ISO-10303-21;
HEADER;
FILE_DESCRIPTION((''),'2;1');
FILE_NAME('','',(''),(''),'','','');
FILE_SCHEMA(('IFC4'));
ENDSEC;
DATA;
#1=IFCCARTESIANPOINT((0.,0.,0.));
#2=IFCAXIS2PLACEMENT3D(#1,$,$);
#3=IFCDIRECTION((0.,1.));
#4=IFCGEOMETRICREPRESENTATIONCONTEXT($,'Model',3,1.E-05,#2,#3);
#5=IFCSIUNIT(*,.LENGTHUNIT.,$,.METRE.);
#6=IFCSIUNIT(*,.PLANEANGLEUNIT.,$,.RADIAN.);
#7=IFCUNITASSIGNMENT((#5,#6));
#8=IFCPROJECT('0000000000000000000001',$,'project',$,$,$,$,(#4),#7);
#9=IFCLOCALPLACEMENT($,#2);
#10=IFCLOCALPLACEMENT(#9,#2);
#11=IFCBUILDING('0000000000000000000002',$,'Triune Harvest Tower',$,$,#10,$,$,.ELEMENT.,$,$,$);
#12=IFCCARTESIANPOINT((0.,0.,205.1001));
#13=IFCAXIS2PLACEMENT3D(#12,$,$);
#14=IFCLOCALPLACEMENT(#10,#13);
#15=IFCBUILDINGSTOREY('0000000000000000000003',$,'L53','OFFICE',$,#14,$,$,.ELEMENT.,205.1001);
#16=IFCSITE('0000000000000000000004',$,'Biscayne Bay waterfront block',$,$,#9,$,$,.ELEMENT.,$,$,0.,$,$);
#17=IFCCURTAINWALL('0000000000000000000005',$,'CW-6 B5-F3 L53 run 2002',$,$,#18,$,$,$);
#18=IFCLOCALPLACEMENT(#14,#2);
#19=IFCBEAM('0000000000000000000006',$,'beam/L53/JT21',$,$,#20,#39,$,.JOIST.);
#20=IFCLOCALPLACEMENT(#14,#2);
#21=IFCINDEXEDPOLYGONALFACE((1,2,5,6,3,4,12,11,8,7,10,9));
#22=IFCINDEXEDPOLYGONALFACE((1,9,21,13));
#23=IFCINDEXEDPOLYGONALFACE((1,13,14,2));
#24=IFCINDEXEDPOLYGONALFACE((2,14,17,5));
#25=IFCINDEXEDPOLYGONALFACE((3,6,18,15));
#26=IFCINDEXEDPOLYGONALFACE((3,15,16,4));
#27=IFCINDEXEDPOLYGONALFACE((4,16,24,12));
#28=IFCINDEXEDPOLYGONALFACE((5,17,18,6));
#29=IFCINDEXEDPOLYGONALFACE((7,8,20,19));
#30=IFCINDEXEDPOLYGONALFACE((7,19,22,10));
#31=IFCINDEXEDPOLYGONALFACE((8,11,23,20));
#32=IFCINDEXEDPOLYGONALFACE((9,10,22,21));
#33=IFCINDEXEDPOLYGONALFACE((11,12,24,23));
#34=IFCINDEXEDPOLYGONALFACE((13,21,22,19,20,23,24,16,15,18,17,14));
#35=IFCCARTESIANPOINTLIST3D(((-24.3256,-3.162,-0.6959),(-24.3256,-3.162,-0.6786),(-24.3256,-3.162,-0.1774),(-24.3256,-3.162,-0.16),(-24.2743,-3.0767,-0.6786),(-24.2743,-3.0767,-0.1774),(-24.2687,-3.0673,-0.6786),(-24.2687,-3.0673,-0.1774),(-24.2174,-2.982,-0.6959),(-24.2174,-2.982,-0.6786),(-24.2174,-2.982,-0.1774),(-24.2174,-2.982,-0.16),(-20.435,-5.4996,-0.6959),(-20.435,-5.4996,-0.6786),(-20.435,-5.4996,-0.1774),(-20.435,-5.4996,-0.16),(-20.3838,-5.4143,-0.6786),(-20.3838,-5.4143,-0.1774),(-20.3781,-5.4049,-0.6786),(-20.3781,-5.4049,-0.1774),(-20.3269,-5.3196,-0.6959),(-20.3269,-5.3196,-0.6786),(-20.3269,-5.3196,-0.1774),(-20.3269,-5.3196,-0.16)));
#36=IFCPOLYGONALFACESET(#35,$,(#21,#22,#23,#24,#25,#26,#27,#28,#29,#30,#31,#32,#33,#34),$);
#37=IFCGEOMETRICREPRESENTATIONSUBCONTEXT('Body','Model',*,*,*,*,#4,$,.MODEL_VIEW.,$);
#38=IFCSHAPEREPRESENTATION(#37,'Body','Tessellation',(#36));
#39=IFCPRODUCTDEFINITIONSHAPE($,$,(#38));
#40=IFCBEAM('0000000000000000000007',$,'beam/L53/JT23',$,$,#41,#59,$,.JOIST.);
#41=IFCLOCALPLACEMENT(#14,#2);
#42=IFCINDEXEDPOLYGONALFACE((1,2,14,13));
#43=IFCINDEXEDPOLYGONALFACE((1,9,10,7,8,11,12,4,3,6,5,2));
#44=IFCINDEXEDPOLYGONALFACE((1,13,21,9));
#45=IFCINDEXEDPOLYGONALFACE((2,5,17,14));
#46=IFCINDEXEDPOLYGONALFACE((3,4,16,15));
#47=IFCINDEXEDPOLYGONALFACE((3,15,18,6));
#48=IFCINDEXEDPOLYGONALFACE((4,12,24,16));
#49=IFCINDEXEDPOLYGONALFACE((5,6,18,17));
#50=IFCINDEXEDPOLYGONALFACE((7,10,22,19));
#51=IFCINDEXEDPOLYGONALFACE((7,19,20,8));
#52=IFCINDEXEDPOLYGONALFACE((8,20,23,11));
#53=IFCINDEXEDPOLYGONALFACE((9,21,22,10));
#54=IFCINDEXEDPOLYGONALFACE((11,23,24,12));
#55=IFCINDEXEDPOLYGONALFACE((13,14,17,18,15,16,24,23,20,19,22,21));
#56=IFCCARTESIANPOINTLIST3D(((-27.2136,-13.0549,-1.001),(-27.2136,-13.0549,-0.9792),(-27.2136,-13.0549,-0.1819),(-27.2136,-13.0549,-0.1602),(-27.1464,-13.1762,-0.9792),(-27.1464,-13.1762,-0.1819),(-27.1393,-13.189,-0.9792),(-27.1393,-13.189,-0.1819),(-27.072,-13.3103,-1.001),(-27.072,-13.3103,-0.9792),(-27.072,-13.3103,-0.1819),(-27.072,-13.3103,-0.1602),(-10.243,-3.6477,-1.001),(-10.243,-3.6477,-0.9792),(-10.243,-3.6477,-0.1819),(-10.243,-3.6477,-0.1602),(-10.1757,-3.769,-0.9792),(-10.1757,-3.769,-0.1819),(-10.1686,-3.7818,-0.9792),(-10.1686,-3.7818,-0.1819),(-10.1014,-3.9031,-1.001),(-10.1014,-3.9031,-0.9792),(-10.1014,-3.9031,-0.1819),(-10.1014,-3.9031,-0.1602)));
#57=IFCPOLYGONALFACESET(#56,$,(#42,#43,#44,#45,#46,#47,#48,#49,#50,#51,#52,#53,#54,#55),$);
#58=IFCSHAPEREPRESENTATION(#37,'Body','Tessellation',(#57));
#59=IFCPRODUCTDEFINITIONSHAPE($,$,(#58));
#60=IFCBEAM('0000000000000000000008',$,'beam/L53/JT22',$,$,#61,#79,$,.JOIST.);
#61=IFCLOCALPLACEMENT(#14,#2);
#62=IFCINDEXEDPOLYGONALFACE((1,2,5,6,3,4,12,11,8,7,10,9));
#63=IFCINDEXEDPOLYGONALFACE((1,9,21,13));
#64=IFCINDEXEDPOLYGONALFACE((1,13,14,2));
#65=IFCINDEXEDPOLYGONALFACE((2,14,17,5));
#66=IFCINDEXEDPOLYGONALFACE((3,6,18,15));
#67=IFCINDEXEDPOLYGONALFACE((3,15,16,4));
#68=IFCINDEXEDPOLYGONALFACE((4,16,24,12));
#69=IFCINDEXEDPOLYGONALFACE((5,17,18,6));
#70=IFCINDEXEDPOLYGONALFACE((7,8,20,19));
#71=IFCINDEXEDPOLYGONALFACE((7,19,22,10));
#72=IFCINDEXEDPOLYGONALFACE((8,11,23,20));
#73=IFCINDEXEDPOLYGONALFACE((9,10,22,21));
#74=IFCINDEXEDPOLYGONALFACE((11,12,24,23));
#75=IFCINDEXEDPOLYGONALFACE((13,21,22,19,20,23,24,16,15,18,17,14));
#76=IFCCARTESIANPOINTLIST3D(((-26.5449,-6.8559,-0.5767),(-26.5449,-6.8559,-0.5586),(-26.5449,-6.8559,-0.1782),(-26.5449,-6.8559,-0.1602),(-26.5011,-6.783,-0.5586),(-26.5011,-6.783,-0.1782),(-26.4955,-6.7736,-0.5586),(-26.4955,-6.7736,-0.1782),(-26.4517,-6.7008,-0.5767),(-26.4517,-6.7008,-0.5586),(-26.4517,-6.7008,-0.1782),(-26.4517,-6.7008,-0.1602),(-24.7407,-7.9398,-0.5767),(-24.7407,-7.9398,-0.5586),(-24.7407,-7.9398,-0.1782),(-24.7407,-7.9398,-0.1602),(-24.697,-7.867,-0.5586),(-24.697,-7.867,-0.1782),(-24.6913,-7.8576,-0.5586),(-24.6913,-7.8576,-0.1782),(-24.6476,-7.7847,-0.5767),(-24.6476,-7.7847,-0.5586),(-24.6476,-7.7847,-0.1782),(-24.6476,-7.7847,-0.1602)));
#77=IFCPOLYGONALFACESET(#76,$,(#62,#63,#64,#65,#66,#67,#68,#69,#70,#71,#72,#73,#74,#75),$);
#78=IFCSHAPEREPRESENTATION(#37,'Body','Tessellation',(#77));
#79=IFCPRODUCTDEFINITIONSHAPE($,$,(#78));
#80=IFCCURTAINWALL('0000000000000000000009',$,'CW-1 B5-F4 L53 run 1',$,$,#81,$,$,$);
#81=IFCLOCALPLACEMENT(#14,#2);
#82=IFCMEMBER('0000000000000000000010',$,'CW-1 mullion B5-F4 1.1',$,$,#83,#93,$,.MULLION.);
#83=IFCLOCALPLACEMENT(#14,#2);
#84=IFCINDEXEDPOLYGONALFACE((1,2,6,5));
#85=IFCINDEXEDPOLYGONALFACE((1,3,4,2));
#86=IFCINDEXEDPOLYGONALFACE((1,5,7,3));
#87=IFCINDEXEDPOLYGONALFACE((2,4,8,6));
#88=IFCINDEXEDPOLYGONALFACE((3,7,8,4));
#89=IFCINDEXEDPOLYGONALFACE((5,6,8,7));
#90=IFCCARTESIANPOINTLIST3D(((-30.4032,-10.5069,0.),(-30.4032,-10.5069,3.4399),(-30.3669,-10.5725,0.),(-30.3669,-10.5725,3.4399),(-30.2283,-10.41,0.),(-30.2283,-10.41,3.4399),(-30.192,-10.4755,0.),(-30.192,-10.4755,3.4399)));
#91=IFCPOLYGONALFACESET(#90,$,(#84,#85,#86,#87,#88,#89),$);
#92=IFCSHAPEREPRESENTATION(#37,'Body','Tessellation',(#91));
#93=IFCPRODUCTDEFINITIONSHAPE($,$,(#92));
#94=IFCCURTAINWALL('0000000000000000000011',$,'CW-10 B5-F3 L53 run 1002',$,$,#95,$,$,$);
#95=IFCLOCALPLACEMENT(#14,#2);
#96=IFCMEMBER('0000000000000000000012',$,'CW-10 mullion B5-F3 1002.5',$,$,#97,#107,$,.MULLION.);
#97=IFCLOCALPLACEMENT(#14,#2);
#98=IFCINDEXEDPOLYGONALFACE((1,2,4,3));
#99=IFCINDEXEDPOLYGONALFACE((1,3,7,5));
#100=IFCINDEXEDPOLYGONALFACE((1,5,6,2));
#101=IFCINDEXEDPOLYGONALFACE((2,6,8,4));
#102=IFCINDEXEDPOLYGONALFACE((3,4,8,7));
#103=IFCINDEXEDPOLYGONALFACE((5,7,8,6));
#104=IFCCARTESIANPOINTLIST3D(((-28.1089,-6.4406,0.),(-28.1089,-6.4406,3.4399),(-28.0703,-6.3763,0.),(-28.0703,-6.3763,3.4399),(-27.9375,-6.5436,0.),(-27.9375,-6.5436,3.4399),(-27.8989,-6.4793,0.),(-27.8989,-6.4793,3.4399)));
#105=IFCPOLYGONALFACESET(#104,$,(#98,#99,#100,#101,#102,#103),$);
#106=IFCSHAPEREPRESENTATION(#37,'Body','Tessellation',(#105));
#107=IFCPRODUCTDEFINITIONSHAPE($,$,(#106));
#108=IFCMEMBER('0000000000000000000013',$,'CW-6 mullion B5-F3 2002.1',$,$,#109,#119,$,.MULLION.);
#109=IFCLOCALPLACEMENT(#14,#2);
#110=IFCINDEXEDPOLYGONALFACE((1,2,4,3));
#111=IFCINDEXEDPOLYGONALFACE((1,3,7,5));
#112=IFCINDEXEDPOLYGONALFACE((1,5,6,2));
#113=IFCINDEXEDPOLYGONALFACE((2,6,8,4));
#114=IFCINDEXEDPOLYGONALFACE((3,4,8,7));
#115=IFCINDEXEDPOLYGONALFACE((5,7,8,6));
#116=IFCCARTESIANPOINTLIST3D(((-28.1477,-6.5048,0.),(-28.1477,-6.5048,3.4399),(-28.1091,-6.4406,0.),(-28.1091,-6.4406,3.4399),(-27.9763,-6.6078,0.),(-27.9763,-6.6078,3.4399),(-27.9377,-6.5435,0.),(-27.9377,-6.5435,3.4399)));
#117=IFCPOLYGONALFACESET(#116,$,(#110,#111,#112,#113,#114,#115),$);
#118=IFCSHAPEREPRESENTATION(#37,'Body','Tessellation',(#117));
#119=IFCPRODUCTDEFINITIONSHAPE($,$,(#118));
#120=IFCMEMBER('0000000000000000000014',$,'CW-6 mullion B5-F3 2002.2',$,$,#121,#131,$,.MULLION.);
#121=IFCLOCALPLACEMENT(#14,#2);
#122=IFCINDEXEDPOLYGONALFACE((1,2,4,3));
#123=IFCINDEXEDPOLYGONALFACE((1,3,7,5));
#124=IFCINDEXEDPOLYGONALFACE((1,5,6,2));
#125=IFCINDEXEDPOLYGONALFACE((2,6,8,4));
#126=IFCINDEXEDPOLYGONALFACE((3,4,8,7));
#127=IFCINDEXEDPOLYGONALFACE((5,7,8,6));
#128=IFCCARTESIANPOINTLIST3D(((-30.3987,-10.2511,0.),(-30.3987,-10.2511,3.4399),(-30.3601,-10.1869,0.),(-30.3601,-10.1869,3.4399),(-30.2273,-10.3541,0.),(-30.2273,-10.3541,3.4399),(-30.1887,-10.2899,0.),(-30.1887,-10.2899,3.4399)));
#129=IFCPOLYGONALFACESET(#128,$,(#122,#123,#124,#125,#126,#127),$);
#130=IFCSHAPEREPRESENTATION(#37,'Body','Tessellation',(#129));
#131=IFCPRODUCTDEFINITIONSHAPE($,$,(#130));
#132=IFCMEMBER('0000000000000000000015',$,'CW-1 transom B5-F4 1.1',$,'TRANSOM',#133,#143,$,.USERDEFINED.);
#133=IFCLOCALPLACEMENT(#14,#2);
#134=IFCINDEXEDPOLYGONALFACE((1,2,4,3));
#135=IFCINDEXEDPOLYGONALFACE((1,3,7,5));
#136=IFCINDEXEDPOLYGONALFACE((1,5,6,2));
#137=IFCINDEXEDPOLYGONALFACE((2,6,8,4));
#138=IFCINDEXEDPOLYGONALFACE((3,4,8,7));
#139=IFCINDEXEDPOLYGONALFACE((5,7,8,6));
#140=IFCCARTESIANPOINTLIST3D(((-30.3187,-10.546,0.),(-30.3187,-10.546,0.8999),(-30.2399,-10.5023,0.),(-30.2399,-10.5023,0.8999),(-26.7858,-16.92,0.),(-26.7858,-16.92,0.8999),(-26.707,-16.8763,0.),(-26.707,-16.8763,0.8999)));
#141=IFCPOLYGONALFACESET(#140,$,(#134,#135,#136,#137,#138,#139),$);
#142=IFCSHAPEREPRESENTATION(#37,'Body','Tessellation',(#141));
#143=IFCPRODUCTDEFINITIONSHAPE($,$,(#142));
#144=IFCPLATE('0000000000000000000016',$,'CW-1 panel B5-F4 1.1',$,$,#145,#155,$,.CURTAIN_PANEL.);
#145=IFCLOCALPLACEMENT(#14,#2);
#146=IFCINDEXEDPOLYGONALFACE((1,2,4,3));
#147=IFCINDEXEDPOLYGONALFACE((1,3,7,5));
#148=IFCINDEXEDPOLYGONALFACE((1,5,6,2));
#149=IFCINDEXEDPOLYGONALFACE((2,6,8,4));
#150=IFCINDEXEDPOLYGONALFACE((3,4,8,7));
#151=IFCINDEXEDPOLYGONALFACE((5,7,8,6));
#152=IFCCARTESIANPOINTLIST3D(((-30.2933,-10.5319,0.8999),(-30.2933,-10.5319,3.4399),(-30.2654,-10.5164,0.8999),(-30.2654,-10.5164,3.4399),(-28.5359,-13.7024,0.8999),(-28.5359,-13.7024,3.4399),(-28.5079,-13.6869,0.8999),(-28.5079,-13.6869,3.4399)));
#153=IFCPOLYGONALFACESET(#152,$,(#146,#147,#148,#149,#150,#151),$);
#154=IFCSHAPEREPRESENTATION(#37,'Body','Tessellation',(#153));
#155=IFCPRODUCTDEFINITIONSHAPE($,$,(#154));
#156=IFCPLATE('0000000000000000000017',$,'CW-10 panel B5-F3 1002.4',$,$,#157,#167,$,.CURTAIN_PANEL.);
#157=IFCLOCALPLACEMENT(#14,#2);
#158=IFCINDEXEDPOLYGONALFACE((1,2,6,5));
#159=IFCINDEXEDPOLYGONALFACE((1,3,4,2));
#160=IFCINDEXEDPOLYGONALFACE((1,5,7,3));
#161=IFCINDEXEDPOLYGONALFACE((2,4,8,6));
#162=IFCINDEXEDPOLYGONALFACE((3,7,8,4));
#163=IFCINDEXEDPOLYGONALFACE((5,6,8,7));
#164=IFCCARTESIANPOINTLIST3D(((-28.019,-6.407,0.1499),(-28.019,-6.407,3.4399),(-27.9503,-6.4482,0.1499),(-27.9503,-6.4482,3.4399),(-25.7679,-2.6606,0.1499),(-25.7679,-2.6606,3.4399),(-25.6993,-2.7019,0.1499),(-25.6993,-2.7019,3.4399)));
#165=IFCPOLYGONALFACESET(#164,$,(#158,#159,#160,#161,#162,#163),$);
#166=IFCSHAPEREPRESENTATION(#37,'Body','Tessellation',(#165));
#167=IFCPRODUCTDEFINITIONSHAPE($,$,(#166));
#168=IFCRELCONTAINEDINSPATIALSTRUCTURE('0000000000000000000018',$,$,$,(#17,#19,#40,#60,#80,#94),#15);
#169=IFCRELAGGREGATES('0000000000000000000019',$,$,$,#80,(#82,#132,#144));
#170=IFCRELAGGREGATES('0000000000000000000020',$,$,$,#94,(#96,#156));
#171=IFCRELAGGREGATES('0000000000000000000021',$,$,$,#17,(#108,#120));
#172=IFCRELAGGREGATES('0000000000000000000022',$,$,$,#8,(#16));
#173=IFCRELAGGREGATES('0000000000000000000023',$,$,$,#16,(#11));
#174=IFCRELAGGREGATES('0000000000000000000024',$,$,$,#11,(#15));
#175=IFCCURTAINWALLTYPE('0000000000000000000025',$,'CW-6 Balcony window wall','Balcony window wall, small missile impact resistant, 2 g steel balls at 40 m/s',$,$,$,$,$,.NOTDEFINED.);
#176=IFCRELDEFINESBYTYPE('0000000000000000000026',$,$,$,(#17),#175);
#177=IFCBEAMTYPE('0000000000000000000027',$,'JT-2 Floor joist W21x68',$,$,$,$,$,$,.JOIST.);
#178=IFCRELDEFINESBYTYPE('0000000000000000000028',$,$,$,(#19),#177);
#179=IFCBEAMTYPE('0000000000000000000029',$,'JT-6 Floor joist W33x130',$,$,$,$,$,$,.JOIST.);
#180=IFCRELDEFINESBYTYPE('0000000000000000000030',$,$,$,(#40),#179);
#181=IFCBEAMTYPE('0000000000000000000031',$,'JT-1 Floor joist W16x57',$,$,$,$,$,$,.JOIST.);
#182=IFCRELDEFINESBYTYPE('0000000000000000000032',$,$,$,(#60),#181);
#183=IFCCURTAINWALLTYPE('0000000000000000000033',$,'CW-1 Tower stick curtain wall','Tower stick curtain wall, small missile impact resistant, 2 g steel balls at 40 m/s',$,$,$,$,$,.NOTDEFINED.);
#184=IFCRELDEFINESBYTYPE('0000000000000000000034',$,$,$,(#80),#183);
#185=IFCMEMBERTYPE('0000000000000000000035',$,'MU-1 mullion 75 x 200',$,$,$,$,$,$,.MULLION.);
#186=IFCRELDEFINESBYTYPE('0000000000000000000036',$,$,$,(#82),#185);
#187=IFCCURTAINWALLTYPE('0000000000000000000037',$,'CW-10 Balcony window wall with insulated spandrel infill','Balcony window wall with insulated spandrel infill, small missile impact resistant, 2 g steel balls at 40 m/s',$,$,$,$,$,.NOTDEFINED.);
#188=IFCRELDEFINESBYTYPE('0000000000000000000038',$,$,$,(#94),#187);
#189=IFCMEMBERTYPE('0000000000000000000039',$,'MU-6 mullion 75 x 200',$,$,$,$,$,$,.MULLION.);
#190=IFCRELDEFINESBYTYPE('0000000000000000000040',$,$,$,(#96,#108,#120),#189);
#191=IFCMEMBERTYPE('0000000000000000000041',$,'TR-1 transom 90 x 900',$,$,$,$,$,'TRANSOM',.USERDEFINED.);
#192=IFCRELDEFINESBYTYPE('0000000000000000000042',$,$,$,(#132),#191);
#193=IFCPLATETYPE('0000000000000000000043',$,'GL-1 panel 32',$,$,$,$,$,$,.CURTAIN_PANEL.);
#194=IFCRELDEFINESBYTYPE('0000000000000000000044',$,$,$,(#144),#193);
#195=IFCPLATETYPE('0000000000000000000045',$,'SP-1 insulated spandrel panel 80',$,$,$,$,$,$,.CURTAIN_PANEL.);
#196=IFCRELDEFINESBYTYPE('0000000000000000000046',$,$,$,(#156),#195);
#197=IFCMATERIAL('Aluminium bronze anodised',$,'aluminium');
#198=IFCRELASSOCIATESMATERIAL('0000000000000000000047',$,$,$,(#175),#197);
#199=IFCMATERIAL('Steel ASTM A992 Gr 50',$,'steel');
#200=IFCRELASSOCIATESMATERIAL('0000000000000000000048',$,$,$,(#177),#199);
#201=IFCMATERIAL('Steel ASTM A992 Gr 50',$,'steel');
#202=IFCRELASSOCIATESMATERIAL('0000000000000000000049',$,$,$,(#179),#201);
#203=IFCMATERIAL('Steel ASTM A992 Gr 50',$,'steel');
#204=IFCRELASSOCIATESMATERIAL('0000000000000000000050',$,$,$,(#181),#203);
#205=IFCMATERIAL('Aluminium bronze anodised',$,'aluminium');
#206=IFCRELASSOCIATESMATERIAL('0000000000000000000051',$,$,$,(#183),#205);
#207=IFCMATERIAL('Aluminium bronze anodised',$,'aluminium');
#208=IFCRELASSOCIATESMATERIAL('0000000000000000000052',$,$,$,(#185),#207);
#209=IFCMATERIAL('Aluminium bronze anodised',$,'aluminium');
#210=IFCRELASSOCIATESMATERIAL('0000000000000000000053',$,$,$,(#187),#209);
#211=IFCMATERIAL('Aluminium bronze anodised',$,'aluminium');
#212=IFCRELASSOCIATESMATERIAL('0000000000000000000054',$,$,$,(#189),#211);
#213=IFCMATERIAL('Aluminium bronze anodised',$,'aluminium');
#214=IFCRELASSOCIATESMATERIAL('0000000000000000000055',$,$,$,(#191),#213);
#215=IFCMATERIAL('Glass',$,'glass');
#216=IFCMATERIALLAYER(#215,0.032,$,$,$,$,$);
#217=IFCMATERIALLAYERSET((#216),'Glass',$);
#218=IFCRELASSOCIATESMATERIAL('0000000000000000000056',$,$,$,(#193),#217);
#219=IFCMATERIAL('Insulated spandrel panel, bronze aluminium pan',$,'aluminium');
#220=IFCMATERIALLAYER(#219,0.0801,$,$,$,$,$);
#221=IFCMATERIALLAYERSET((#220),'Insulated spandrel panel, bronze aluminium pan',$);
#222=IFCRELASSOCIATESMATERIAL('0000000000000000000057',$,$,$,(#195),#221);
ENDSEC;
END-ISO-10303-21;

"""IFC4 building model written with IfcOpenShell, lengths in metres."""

from ifc_helpers import new_model, si_unit, direction, frame, origin, origin_2d, place, context, subcontext, project, spatial, rectangle, i_section, extrude, source, transform, mapped, material, layer, layer_set, material_profile, profile_set, type_object, element, aggregate, save


model = new_model("IFC4")

# Units and contexts
model_context = context("Model", 3, precision=1e-05, world=origin(), true_north=direction((0.0, 1.0)))
body_context = subcontext(model_context, "Body", "Model", "MODEL_VIEW")
ifc_project = project(units=[si_unit("LENGTHUNIT", "METRE"), si_unit("PLANEANGLEUNIT", "RADIAN")], contexts=[model_context])

# Site, building, storey
site_placement = place(None, origin())
site = spatial("IfcSite", under=ifc_project, at=site_placement, Name="Biscayne Bay waterfront block", CompositionType="ELEMENT", RefElevation=0.0)
building_placement = place(site_placement, origin())
building = spatial("IfcBuilding", under=site, at=building_placement, Name="Triune Harvest Tower", CompositionType="ELEMENT")
storey_placement = place(building_placement, frame((0.0, 0.0, 205.1001)))
storey = spatial("IfcBuildingStorey", under=building, at=storey_placement, Name="L53", Description="OFFICE", CompositionType="ELEMENT", Elevation=205.1001)

# Curtain wall
ifc_material_1 = material(Name="Aluminium bronze anodised", Category="aluminium")
curtain_wall_type_1 = type_object("IfcCurtainWallType", Name="CW-6 Balcony window wall", Description="Balcony window wall, small missile impact resistant, 2 g steel balls at 40 m/s", PredefinedType="NOTDEFINED", material=ifc_material_1)
curtain_wall_1_placement = place(storey_placement, origin())
curtain_wall_1 = element("IfcCurtainWall", 1, at=curtain_wall_1_placement, inside=storey, type_object=curtain_wall_type_1, Name="CW-6 B5-F3 L53 run 2002")

# Beams
ifc_material_2 = material(Name="Steel ASTM A992 Gr 50", Category="steel")
ifc_material_profile_1 = material_profile(ifc_material_2, i_section(OverallWidth=0.21, OverallDepth=0.5359, WebThickness=0.011, FlangeThickness=0.0173, at=origin_2d()), Name="W21x68")
ifc_profile_set_1 = profile_set([ifc_material_profile_1], Name="Steel ASTM A992 Gr 50")
beam_type_1 = type_object("IfcBeamType", Name="JT-2 Floor joist W21x68", PredefinedType="JOIST", material=ifc_profile_set_1)
shared_shape_1 = source(origin(), body_context, "Body", "SweptSolid", [
    extrude(i_section(OverallWidth=0.21, OverallDepth=0.5359, WebThickness=0.011, FlangeThickness=0.0173, at=origin_2d()), origin(), (0.0, 0.0, 1.0), 4.5388),
])
beam_1_placement = place(storey_placement, frame((-24.2715, -3.072, -0.428), z_axis=(0.857175, -0.515026, 0.0), x_axis=(0.515026, 0.857175, 0.0)))
element("IfcBeam", 2, at=beam_1_placement, inside=storey, type_object=beam_type_1, Name="beam/L53/JT21", PredefinedType="JOIST", context=body_context, shape_type="MappedRepresentation", body=[
    mapped(shared_shape_1, transform((0.0, 0.0, 0.0), scale=1.0)),
])
ifc_material_3 = material(Name="Steel ASTM A992 Gr 50", Category="steel")
ifc_material_profile_2 = material_profile(ifc_material_3, i_section(OverallWidth=0.292, OverallDepth=0.8408, WebThickness=0.0146, FlangeThickness=0.0217, at=origin_2d()), Name="W33x130")
ifc_profile_set_2 = profile_set([ifc_material_profile_2], Name="Steel ASTM A992 Gr 50")
beam_type_2 = type_object("IfcBeamType", Name="JT-6 Floor joist W33x130", PredefinedType="JOIST", material=ifc_profile_set_2)
shared_shape_2 = source(origin(), body_context, "Body", "SweptSolid", [
    extrude(i_section(OverallWidth=0.292, OverallDepth=0.8408, WebThickness=0.0146, FlangeThickness=0.0217, at=origin_2d()), origin(), (0.0, 0.0, 1.0), 19.4036),
])
beam_2_placement = place(storey_placement, frame((-27.1428, -13.1826, -0.5806), z_axis=(0.874615, 0.484818, 0.0), x_axis=(-0.484818, 0.874615, 0.0)))
element("IfcBeam", 3, at=beam_2_placement, inside=storey, type_object=beam_type_2, Name="beam/L53/JT23", PredefinedType="JOIST", context=body_context, shape_type="MappedRepresentation", body=[
    mapped(shared_shape_2, transform((0.0, 0.0, 0.0), scale=1.0)),
])
ifc_material_4 = material(Name="Steel ASTM A992 Gr 50", Category="steel")
ifc_material_profile_3 = material_profile(ifc_material_4, i_section(OverallWidth=0.1809, OverallDepth=0.4165, WebThickness=0.011, FlangeThickness=0.0181, at=origin_2d()), Name="W16x57")
ifc_profile_set_3 = profile_set([ifc_material_profile_3], Name="Steel ASTM A992 Gr 50")
beam_type_3 = type_object("IfcBeamType", Name="JT-1 Floor joist W16x57", PredefinedType="JOIST", material=ifc_profile_set_3)
shared_shape_3 = source(origin(), body_context, "Body", "SweptSolid", [
    extrude(i_section(OverallWidth=0.1809, OverallDepth=0.4165, WebThickness=0.011, FlangeThickness=0.0181, at=origin_2d()), origin(), (0.0, 0.0, 1.0), 2.1047),
])
beam_3_placement = place(storey_placement, frame((-26.4983, -6.7783, -0.3684), z_axis=(0.857186, -0.515007, 0.0), x_axis=(0.515007, 0.857186, 0.0)))
element("IfcBeam", 4, at=beam_3_placement, inside=storey, type_object=beam_type_3, Name="beam/L53/JT22", PredefinedType="JOIST", context=body_context, shape_type="MappedRepresentation", body=[
    mapped(shared_shape_3, transform((0.0, 0.0, 0.0), scale=1.0)),
])

# Curtain walls, members
ifc_material_5 = material(Name="Aluminium bronze anodised", Category="aluminium")
curtain_wall_type_2 = type_object("IfcCurtainWallType", Name="CW-1 Tower stick curtain wall", Description="Tower stick curtain wall, small missile impact resistant, 2 g steel balls at 40 m/s", PredefinedType="NOTDEFINED", material=ifc_material_5)
curtain_wall_2_placement = place(storey_placement, origin())
curtain_wall_2 = element("IfcCurtainWall", 5, at=curtain_wall_2_placement, inside=storey, type_object=curtain_wall_type_2, Name="CW-1 B5-F4 L53 run 1")
ifc_material_6 = material(Name="Aluminium bronze anodised", Category="aluminium")
ifc_material_profile_4 = material_profile(ifc_material_6, rectangle(XDim=0.2, YDim=0.075, at=origin_2d()), Name="MU-1 mullion 75 x 200")
ifc_profile_set_4 = profile_set([ifc_material_profile_4], Name="Aluminium bronze anodised")
member_type_1 = type_object("IfcMemberType", Name="MU-1 mullion 75 x 200", PredefinedType="MULLION", material=ifc_profile_set_4)
shared_shape_4 = source(origin(), body_context, "Body", "SweptSolid", [
    extrude(rectangle(XDim=0.2, YDim=0.075, at=origin_2d()), origin(), (0.0, 0.0, 1.0), 3.4399),
])
member_1_placement = place(storey_placement, frame((-30.2976, -10.4912, 0.0), z_axis=(0.0, 0.0, 1.0), x_axis=(0.874624, 0.484802, 0.0)))
member_1 = element("IfcMember", 6, at=member_1_placement, type_object=member_type_1, Name="CW-1 mullion B5-F4 1.1", PredefinedType="MULLION", context=body_context, shape_type="MappedRepresentation", body=[
    mapped(shared_shape_4, transform((0.0, 0.0, 0.0), scale=1.0)),
])
ifc_material_7 = material(Name="Aluminium bronze anodised", Category="aluminium")
curtain_wall_type_3 = type_object("IfcCurtainWallType", Name="CW-10 Balcony window wall with insulated spandrel infill", Description="Balcony window wall with insulated spandrel infill, small missile impact resistant, 2 g steel balls at 40 m/s", PredefinedType="NOTDEFINED", material=ifc_material_7)
curtain_wall_3_placement = place(storey_placement, origin())
curtain_wall_3 = element("IfcCurtainWall", 7, at=curtain_wall_3_placement, inside=storey, type_object=curtain_wall_type_3, Name="CW-10 B5-F3 L53 run 1002")
ifc_material_8 = material(Name="Aluminium bronze anodised", Category="aluminium")
ifc_material_profile_5 = material_profile(ifc_material_8, rectangle(XDim=0.2, YDim=0.075, at=origin_2d()), Name="MU-6 mullion 75 x 200")
ifc_profile_set_5 = profile_set([ifc_material_profile_5], Name="Aluminium bronze anodised")
member_type_2 = type_object("IfcMemberType", Name="MU-6 mullion 75 x 200", PredefinedType="MULLION", material=ifc_profile_set_5)
shared_shape_5 = source(origin(), body_context, "Body", "SweptSolid", [
    extrude(rectangle(XDim=0.2, YDim=0.075, at=origin_2d()), origin(), (0.0, 0.0, 1.0), 3.4399),
])
member_2_placement = place(storey_placement, frame((-28.0039, -6.46, 0.0), z_axis=(0.0, 0.0, 1.0), x_axis=(0.857169, -0.515035, 0.0)))
member_2 = element("IfcMember", 8, at=member_2_placement, type_object=member_type_2, Name="CW-10 mullion B5-F3 1002.5", PredefinedType="MULLION", context=body_context, shape_type="MappedRepresentation", body=[
    mapped(shared_shape_5, transform((0.0, 0.0, 0.0), scale=1.0)),
])

# Members
member_3_placement = place(storey_placement, frame((-28.0427, -6.5242, 0.0), z_axis=(0.0, 0.0, 1.0), x_axis=(0.85717, -0.515034, 0.0)))
member_3 = element("IfcMember", 9, at=member_3_placement, type_object=member_type_2, Name="CW-6 mullion B5-F3 2002.1", PredefinedType="MULLION", context=body_context, shape_type="MappedRepresentation", body=[
    mapped(shared_shape_5, transform((0.0, 0.0, 0.0), scale=1.0)),
])
member_4_placement = place(storey_placement, frame((-30.2937, -10.2705, 0.0), z_axis=(0.0, 0.0, 1.0), x_axis=(0.85717, -0.515034, 0.0)))
member_4 = element("IfcMember", 10, at=member_4_placement, type_object=member_type_2, Name="CW-6 mullion B5-F3 2002.2", PredefinedType="MULLION", context=body_context, shape_type="MappedRepresentation", body=[
    mapped(shared_shape_5, transform((0.0, 0.0, 0.0), scale=1.0)),
])
ifc_material_9 = material(Name="Aluminium bronze anodised", Category="aluminium")
ifc_material_profile_6 = material_profile(ifc_material_9, rectangle(XDim=0.0901, YDim=0.8999, at=origin_2d()), Name="TR-1 transom 90 x 900")
ifc_profile_set_6 = profile_set([ifc_material_profile_6], Name="Aluminium bronze anodised")
member_type_3 = type_object("IfcMemberType", Name="TR-1 transom 90 x 900", ElementType="TRANSOM", PredefinedType="USERDEFINED", material=ifc_profile_set_6)
shared_shape_6 = source(origin(), body_context, "Body", "SweptSolid", [
    extrude(rectangle(XDim=0.0901, YDim=0.8999, at=origin_2d()), origin(), (0.0, 0.0, 1.0), 7.2876),
])
member_5_placement = place(storey_placement, frame((-30.2793, -10.5242, 0.45), z_axis=(0.484787, -0.874633, 0.0), x_axis=(0.874633, 0.484787, 0.0)))
member_5 = element("IfcMember", 11, at=member_5_placement, type_object=member_type_3, Name="CW-1 transom B5-F4 1.1", ObjectType="TRANSOM", PredefinedType="USERDEFINED", context=body_context, shape_type="MappedRepresentation", body=[
    mapped(shared_shape_6, transform((0.0, 0.0, 0.0), scale=1.0)),
])

# Plates
ifc_material_10 = material(Name="Glass", Category="glass")
ifc_layer_1 = layer(ifc_material_10, 0.032)
ifc_layer_set_1 = layer_set([ifc_layer_1], Name="Glass")
plate_type_1 = type_object("IfcPlateType", Name="GL-1 panel 32", PredefinedType="CURTAIN_PANEL", material=ifc_layer_set_1)
shared_shape_7 = source(origin(), body_context, "Body", "SweptSolid", [
    extrude(rectangle(XDim=3.625, YDim=0.032, at=origin_2d()), origin(), (0.0, 0.0, 1.0), 2.54),
])
plate_1_placement = place(storey_placement, frame((-29.4006, -12.1094, 0.8999), z_axis=(0.0, 0.0, 1.0), x_axis=(0.484802, -0.874624, 0.0)))
plate_1 = element("IfcPlate", 12, at=plate_1_placement, type_object=plate_type_1, Name="CW-1 panel B5-F4 1.1", PredefinedType="CURTAIN_PANEL", context=body_context, shape_type="MappedRepresentation", body=[
    mapped(shared_shape_7, transform((0.0, 0.0, 0.0), scale=1.0)),
])
aggregate(curtain_wall_2, [member_1, member_5, plate_1])
ifc_material_11 = material(Name="Insulated spandrel panel, bronze aluminium pan", Category="aluminium")
ifc_layer_2 = layer(ifc_material_11, 0.0801)
ifc_layer_set_2 = layer_set([ifc_layer_2], Name="Insulated spandrel panel, bronze aluminium pan")
plate_type_2 = type_object("IfcPlateType", Name="SP-1 insulated spandrel panel 80", PredefinedType="CURTAIN_PANEL", material=ifc_layer_set_2)
shared_shape_8 = source(origin(), body_context, "Body", "SweptSolid", [
    extrude(rectangle(XDim=4.3706, YDim=0.0801, at=origin_2d()), origin(), (0.0, 0.0, 1.0), 3.29),
])
plate_2_placement = place(storey_placement, frame((-26.8591, -4.5544, 0.1499), z_axis=(0.0, 0.0, 1.0), x_axis=(-0.515035, -0.857169, 0.0)))
plate_2 = element("IfcPlate", 13, at=plate_2_placement, type_object=plate_type_2, Name="CW-10 panel B5-F3 1002.4", PredefinedType="CURTAIN_PANEL", context=body_context, shape_type="MappedRepresentation", body=[
    mapped(shared_shape_8, transform((0.0, 0.0, 0.0), scale=1.0)),
])
aggregate(curtain_wall_3, [member_2, plate_2])
aggregate(curtain_wall_1, [member_3, member_4])

save(model, "model.ifc")
